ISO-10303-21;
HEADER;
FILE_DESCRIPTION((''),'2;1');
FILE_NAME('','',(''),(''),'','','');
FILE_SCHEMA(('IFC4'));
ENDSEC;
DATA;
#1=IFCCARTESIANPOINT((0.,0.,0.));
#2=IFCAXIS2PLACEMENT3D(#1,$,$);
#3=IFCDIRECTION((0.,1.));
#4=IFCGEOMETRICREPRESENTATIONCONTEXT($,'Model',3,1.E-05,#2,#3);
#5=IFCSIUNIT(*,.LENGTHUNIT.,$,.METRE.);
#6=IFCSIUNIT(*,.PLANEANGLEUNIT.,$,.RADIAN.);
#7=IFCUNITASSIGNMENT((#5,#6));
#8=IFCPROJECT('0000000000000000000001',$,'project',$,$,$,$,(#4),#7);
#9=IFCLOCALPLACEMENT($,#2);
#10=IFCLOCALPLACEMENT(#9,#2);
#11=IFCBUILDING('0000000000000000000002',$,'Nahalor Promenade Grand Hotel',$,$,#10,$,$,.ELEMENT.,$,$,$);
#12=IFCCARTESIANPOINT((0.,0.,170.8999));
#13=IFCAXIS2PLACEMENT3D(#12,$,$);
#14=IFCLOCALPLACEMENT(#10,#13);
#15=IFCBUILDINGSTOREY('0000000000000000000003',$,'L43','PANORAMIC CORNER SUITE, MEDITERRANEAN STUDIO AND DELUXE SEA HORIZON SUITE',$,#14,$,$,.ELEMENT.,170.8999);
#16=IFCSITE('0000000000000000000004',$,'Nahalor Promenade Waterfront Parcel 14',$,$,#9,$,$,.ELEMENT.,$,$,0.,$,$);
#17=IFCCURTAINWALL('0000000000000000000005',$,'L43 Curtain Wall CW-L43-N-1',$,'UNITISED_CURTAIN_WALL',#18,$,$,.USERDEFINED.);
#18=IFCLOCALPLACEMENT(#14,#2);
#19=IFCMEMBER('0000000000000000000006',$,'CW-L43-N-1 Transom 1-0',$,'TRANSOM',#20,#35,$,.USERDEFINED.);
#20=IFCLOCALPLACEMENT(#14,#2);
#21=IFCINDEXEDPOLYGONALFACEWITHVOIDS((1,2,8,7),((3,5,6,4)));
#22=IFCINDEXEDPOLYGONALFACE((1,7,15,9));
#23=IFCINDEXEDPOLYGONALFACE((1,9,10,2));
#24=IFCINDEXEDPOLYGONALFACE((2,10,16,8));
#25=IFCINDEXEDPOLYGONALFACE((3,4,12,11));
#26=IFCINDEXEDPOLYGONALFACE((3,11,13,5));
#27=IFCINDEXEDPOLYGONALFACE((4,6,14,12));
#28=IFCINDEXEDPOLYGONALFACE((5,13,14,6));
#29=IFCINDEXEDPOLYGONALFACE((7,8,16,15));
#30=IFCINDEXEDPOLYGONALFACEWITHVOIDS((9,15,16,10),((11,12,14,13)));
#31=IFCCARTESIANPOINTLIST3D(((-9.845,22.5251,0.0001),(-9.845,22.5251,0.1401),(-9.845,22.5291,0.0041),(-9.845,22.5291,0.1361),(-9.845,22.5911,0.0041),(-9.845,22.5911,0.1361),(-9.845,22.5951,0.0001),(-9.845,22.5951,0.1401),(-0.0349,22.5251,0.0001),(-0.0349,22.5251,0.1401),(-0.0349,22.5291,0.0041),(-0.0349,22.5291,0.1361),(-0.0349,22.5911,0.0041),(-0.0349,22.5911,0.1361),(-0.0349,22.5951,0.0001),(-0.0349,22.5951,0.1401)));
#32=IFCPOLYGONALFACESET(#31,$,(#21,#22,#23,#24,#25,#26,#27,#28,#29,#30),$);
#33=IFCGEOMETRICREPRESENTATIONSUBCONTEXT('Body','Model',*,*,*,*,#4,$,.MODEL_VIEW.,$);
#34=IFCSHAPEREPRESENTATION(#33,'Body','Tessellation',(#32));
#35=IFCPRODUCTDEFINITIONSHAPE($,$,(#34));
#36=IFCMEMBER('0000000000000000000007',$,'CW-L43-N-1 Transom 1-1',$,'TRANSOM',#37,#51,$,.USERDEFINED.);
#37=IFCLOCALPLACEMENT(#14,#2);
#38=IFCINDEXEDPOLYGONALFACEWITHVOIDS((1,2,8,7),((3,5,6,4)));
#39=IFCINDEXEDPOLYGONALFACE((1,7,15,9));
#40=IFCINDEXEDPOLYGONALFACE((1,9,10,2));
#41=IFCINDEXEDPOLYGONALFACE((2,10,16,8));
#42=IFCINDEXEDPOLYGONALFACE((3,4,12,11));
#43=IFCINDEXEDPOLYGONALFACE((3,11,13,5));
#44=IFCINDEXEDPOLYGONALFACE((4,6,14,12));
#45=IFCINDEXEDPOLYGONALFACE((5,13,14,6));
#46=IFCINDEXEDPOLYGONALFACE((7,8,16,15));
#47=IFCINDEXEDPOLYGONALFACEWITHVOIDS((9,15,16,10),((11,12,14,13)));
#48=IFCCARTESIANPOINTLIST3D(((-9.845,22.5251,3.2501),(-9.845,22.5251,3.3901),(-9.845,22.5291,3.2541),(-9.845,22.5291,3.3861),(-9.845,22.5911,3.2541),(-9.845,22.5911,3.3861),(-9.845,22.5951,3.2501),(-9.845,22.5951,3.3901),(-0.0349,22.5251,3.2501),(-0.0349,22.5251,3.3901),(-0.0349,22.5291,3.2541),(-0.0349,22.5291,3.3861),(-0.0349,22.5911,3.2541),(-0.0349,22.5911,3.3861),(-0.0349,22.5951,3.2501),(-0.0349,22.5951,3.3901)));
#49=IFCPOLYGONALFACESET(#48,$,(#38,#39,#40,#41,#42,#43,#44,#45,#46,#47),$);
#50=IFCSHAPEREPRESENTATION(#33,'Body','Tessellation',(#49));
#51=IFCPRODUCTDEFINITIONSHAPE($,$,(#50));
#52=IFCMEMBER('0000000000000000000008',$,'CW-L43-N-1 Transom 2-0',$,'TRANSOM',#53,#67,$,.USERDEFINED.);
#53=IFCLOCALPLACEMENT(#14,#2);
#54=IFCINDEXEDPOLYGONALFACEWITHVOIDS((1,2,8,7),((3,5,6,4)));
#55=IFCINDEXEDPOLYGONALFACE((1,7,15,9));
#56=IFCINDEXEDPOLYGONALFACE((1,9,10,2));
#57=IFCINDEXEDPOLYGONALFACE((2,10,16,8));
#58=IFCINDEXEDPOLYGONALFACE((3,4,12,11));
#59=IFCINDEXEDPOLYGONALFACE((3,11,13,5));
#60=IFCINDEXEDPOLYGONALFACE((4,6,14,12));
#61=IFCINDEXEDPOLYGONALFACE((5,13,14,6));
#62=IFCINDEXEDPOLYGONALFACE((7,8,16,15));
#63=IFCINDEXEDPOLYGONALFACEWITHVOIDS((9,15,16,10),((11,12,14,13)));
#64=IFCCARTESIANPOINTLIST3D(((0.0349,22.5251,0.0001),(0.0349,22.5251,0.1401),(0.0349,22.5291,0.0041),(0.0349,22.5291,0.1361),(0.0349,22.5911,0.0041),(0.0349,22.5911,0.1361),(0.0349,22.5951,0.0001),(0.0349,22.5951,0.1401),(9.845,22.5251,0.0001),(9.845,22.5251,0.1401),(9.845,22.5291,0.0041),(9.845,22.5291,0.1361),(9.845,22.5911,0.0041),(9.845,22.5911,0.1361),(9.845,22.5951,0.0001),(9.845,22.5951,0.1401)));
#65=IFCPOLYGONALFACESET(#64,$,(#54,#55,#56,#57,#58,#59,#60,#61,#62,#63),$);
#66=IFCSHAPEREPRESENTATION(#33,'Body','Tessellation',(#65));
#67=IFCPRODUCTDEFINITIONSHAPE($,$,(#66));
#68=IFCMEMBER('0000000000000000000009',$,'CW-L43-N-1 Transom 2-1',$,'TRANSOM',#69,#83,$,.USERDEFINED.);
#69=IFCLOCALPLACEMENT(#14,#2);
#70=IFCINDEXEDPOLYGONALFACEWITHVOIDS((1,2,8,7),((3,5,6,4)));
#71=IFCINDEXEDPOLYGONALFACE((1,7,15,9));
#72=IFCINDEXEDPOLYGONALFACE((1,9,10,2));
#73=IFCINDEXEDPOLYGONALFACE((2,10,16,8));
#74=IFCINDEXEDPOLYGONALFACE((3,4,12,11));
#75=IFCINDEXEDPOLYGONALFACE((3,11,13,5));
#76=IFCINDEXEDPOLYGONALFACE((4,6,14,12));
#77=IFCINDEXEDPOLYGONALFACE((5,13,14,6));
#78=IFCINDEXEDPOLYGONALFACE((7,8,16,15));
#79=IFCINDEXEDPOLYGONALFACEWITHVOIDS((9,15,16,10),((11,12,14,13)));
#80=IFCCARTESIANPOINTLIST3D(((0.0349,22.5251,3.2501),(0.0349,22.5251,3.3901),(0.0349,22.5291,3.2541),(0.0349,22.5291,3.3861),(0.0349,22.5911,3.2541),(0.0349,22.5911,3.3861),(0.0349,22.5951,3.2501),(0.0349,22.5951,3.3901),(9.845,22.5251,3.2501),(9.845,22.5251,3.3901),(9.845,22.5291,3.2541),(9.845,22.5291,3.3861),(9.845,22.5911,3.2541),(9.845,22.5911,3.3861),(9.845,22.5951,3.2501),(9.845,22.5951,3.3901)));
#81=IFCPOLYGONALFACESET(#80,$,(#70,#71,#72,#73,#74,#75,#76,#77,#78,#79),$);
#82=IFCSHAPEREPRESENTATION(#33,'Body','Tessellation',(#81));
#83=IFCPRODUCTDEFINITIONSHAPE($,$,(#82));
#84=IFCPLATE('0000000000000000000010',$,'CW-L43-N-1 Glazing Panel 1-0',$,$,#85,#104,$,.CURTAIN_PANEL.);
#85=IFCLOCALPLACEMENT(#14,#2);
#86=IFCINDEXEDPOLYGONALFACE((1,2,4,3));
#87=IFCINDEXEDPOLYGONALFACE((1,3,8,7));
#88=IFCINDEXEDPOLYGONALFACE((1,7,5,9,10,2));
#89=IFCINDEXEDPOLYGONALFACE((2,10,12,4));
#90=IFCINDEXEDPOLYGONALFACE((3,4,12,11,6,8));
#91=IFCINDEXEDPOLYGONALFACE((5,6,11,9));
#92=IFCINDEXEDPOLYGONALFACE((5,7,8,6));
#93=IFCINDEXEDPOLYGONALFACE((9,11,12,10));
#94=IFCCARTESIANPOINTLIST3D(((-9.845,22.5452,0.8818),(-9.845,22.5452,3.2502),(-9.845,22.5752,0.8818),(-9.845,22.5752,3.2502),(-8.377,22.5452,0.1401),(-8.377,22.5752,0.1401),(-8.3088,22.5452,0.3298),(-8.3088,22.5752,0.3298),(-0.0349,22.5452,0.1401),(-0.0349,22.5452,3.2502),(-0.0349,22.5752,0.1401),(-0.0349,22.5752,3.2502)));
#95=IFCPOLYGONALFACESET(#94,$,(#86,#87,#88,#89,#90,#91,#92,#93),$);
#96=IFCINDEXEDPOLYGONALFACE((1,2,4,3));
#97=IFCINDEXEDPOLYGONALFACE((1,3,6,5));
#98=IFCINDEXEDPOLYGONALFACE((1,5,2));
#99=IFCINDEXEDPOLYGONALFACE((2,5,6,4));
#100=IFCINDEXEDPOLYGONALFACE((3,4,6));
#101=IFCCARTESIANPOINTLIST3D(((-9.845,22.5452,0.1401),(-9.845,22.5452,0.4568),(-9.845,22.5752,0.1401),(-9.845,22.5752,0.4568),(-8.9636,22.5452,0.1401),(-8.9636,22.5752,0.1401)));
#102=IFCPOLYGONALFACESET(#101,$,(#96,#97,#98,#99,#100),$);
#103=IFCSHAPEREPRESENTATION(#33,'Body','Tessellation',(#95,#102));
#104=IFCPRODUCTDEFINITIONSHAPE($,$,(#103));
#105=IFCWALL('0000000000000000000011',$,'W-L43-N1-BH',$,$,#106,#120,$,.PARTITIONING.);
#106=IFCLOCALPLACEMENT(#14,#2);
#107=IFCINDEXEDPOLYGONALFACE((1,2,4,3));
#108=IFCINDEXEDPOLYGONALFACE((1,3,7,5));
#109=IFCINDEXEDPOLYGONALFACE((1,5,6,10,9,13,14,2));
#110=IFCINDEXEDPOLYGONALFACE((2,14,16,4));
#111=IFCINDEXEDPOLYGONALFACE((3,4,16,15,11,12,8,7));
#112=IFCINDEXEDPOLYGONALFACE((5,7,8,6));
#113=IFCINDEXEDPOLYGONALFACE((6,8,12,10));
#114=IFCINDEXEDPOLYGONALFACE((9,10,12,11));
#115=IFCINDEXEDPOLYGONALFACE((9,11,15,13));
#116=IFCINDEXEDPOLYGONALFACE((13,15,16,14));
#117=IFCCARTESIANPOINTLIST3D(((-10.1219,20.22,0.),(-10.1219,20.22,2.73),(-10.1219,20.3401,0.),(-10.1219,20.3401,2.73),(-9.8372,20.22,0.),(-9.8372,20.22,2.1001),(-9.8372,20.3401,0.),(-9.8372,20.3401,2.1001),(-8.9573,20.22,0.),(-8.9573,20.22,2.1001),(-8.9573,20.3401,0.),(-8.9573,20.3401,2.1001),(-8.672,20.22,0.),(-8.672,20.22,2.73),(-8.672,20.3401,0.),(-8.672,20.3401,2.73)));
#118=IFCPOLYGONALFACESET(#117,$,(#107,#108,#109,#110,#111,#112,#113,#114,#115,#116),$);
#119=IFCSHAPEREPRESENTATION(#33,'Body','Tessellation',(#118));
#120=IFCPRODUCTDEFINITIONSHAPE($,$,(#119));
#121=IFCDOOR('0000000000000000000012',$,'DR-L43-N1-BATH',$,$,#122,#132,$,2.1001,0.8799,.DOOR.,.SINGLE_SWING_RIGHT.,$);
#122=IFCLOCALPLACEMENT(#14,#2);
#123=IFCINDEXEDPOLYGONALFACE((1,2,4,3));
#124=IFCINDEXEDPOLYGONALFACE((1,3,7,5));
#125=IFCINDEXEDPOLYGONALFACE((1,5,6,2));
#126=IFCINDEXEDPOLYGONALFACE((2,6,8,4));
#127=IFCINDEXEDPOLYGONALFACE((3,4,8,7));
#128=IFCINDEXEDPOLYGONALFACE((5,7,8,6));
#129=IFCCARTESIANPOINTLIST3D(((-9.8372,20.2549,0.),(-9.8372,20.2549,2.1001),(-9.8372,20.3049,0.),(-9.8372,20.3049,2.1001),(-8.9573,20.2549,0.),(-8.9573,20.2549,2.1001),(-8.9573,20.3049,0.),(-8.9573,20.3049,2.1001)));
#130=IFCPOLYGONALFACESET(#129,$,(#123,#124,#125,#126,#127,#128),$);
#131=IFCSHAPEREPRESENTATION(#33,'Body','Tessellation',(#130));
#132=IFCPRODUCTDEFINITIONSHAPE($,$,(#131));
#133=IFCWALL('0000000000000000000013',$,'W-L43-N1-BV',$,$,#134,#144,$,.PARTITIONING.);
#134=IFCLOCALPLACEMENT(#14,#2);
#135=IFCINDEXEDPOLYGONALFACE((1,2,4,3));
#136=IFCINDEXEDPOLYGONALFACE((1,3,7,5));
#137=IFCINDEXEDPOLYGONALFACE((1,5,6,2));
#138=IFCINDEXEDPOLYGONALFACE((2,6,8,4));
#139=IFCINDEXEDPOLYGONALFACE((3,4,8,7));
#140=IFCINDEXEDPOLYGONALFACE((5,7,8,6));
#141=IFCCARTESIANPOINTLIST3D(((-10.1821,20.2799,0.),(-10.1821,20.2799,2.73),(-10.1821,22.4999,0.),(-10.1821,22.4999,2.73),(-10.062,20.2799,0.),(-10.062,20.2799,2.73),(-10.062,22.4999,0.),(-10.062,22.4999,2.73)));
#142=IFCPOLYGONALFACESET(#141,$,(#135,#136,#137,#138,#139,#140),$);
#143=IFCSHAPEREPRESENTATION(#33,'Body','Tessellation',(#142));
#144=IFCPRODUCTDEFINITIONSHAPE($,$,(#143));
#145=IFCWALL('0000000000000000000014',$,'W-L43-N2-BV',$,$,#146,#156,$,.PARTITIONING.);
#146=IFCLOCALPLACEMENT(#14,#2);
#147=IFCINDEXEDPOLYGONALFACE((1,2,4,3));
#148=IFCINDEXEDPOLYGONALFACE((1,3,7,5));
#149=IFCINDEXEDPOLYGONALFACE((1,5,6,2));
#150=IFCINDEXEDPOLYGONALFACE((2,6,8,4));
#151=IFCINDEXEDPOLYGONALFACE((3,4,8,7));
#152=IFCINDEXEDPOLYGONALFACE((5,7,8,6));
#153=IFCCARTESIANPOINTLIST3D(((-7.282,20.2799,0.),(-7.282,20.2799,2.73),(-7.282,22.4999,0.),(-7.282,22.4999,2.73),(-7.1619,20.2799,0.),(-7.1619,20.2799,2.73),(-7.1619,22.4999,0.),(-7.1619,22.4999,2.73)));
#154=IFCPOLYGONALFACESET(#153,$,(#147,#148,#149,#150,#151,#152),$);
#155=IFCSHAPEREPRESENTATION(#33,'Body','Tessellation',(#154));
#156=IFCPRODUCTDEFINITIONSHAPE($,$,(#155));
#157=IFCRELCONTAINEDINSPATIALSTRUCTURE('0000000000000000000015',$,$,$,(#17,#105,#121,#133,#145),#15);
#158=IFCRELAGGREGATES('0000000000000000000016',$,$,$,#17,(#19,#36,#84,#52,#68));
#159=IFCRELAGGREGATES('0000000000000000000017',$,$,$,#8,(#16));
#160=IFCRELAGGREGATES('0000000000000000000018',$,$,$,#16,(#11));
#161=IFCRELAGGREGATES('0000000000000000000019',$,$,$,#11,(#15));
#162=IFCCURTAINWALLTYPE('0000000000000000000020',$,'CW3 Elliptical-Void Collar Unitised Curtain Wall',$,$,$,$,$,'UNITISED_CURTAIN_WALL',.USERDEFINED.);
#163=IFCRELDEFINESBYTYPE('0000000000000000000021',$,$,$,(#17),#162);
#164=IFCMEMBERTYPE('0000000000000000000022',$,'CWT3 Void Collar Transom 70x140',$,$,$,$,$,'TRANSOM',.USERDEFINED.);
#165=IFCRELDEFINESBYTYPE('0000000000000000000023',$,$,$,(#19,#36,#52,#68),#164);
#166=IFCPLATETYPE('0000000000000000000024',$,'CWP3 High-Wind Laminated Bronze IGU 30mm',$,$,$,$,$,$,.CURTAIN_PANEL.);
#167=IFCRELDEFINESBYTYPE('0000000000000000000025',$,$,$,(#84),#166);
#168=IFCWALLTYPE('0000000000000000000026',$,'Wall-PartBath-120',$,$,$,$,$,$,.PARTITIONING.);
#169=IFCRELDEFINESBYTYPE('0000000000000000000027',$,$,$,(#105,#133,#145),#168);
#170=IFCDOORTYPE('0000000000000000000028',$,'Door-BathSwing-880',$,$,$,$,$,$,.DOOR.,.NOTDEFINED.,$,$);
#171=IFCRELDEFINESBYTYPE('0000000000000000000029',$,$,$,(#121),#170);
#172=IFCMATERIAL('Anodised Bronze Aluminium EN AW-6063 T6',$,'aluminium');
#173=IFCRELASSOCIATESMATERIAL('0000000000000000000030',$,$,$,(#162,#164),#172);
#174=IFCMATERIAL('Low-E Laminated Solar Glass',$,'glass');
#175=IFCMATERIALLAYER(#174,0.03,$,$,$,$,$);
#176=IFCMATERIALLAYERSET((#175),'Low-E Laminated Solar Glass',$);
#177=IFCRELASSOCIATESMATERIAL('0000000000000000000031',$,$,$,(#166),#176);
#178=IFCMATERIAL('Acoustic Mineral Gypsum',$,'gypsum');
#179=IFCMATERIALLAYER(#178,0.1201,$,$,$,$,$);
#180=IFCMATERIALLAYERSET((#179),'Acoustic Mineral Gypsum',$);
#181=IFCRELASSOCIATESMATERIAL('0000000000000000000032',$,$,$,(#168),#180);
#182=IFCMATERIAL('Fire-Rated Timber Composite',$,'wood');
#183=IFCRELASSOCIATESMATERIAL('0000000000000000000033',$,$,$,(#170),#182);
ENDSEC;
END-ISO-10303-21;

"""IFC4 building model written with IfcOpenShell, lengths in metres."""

from ifc_helpers import new_model, si_unit, direction, frame, frame_2d, origin, origin_2d, place, context, subcontext, project, spatial, polyline, rectangle, hollow_rectangle, outline, extrude, source, transform, mapped, material, layer, layer_set, material_profile, profile_set, type_object, element, fill, aggregate, save


model = new_model("IFC4")

# Units and contexts
model_context = context("Model", 3, precision=1e-05, world=origin(), true_north=direction((0.0, 1.0)))
body_context = subcontext(model_context, "Body", "Model", "MODEL_VIEW")
ifc_project = project(units=[si_unit("LENGTHUNIT", "METRE"), si_unit("PLANEANGLEUNIT", "RADIAN")], contexts=[model_context])

# Site, building, storey
site_placement = place(None, origin())
site = spatial("IfcSite", under=ifc_project, at=site_placement, Name="Nahalor Promenade Waterfront Parcel 14", CompositionType="ELEMENT", RefElevation=0.0)
building_placement = place(site_placement, origin())
building = spatial("IfcBuilding", under=site, at=building_placement, Name="Nahalor Promenade Grand Hotel", CompositionType="ELEMENT")
storey_placement = place(building_placement, frame((0.0, 0.0, 170.8999)))
storey = spatial("IfcBuildingStorey", under=building, at=storey_placement, Name="L43", Description="PANORAMIC CORNER SUITE, MEDITERRANEAN STUDIO AND DELUXE SEA HORIZON SUITE", CompositionType="ELEMENT", Elevation=170.8999)

# Curtain wall, members, plate
ifc_material_1 = material(Name="Anodised Bronze Aluminium EN AW-6063 T6", Category="aluminium")
curtain_wall_type = type_object("IfcCurtainWallType", Name="CW3 Elliptical-Void Collar Unitised Curtain Wall", ElementType="UNITISED_CURTAIN_WALL", PredefinedType="USERDEFINED", material=ifc_material_1)
curtain_wall_placement = place(storey_placement, origin())
curtain_wall = element("IfcCurtainWall", 1, at=curtain_wall_placement, inside=storey, type_object=curtain_wall_type, Name="L43 Curtain Wall CW-L43-N-1", ObjectType="UNITISED_CURTAIN_WALL", PredefinedType="USERDEFINED")
ifc_material_profile_1 = material_profile(ifc_material_1, hollow_rectangle(XDim=0.07, YDim=0.14, WallThickness=0.004, at=origin_2d()), Name="CWT 70x140x4")
ifc_profile_set_1 = profile_set([ifc_material_profile_1], Name="Anodised Bronze Aluminium EN AW-6063 T6")
member_type_1 = type_object("IfcMemberType", Name="CWT3 Void Collar Transom 70x140", ElementType="TRANSOM", PredefinedType="USERDEFINED", material=ifc_profile_set_1)
shared_shape_1 = source(origin(), body_context, "Body", "SweptSolid", [
    extrude(hollow_rectangle(XDim=0.07, YDim=0.14, WallThickness=0.004, at=origin_2d()), origin(), (0.0, 0.0, 1.0), 9.8101),
])
member_1_placement = place(storey_placement, frame((-9.845, 22.5601, 0.0701), z_axis=(1.0, 0.0, 0.0), x_axis=(0.0, 1.0, 0.0)))
member_1 = element("IfcMember", 2, at=member_1_placement, type_object=member_type_1, Name="CW-L43-N-1 Transom 1-0", ObjectType="TRANSOM", PredefinedType="USERDEFINED", context=body_context, shape_type="MappedRepresentation", body=[
    mapped(shared_shape_1, transform((0.0, 0.0, 0.0), scale=1.0)),
])
member_2_placement = place(storey_placement, frame((-9.845, 22.5601, 3.3201), z_axis=(1.0, 0.0, 0.0), x_axis=(0.0, 1.0, 0.0)))
member_2 = element("IfcMember", 3, at=member_2_placement, type_object=member_type_1, Name="CW-L43-N-1 Transom 1-1", ObjectType="TRANSOM", PredefinedType="USERDEFINED", context=body_context, shape_type="MappedRepresentation", body=[
    mapped(shared_shape_1, transform((0.0, 0.0, 0.0), scale=1.0)),
])
member_3_placement = place(storey_placement, frame((0.0349, 22.5601, 0.0701), z_axis=(1.0, 0.0, 0.0), x_axis=(0.0, 1.0, 0.0)))
member_3 = element("IfcMember", 4, at=member_3_placement, type_object=member_type_1, Name="CW-L43-N-1 Transom 2-0", ObjectType="TRANSOM", PredefinedType="USERDEFINED", context=body_context, shape_type="MappedRepresentation", body=[
    mapped(shared_shape_1, transform((0.0, 0.0, 0.0), scale=1.0)),
])
member_4_placement = place(storey_placement, frame((0.0349, 22.5601, 3.3201), z_axis=(1.0, 0.0, 0.0), x_axis=(0.0, 1.0, 0.0)))
member_4 = element("IfcMember", 5, at=member_4_placement, type_object=member_type_1, Name="CW-L43-N-1 Transom 2-1", ObjectType="TRANSOM", PredefinedType="USERDEFINED", context=body_context, shape_type="MappedRepresentation", body=[
    mapped(shared_shape_1, transform((0.0, 0.0, 0.0), scale=1.0)),
])
ifc_material_2 = material(Name="Low-E Laminated Solar Glass", Category="glass")
ifc_layer_1 = layer(ifc_material_2, 0.03)
ifc_layer_set_1 = layer_set([ifc_layer_1], Name="Low-E Laminated Solar Glass")
plate_type = type_object("IfcPlateType", Name="CWP3 High-Wind Laminated Bronze IGU 30mm", PredefinedType="CURTAIN_PANEL", material=ifc_layer_set_1)
plate_placement = place(storey_placement, frame((-4.9399, 22.5601, 0.1401), z_axis=(0.0, 0.0, 1.0), x_axis=(1.0, 0.0, 0.0)))
plate = element("IfcPlate", 6, at=plate_placement, type_object=plate_type, Name="CW-L43-N-1 Glazing Panel 1-0", PredefinedType="CURTAIN_PANEL", context=body_context, shape_type="SweptSolid", body=[
    extrude(outline(polyline([(4.905, 3.1101), (-4.905, 3.1101), (-4.905, 0.7417), (-3.3689, 0.1897), (-3.437, 0.0), (4.905, 0.0), (4.905, 3.1101)])), frame((0.0, 0.0151, 0.0), z_axis=(0.0, -1.0, 0.0), x_axis=(1.0, 0.0, 0.0)), (0.0, 0.0, 1.0), 0.03),
    extrude(outline(polyline([(-4.905, 0.3167), (-4.905, 0.0), (-4.0237, 0.0), (-4.905, 0.3167)])), frame((0.0, 0.0151, 0.0), z_axis=(0.0, -1.0, 0.0), x_axis=(1.0, 0.0, 0.0)), (0.0, 0.0, 1.0), 0.03),
])
aggregate(curtain_wall, [member_1, member_2, plate, member_3, member_4])

# Wall, opening, door
ifc_material_3 = material(Name="Acoustic Mineral Gypsum", Category="gypsum")
ifc_layer_2 = layer(ifc_material_3, 0.1201)
ifc_layer_set_2 = layer_set([ifc_layer_2], Name="Acoustic Mineral Gypsum")
wall_type = type_object("IfcWallType", Name="Wall-PartBath-120", PredefinedType="PARTITIONING", material=ifc_layer_set_2)
shared_shape_2 = source(origin(), body_context, "Body", "SweptSolid", [
    extrude(rectangle(XDim=1.45, YDim=0.1201, at=frame_2d((0.7251, 0.0))), origin(), (0.0, 0.0, 1.0), 2.73),
])
wall_1_placement = place(storey_placement, frame((-10.1221, 20.28, 0.0), z_axis=(0.0, 0.0, 1.0), x_axis=(1.0, 0.0, 0.0)))
wall_1 = element("IfcWall", 7, at=wall_1_placement, inside=storey, type_object=wall_type, Name="W-L43-N1-BH", PredefinedType="PARTITIONING", context=body_context, shape_type="MappedRepresentation", body=[
    mapped(shared_shape_2, transform((0.0, 0.0, 0.0), scale=1.0)),
])
opening_1_placement = place(wall_1_placement, frame((0.2849, 0.0, 0.0)))
opening_1 = element("IfcOpeningElement", 8, at=opening_1_placement, cuts=wall_1, PredefinedType="OPENING", context=body_context, shape_type="SweptSolid", body=[
    extrude(rectangle(XDim=0.8799, YDim=2.1001, at=frame_2d((0.4399, 1.05))), frame((0.0, 0.0701, 0.0), z_axis=(0.0, -1.0, 0.0), x_axis=(1.0, 0.0, 0.0)), (0.0, 0.0, 1.0), 0.1401),
])
ifc_material_4 = material(Name="Fire-Rated Timber Composite", Category="wood")
door_type = type_object("IfcDoorType", Name="Door-BathSwing-880", OperationType="NOTDEFINED", PredefinedType="DOOR", material=ifc_material_4)
shared_shape_3 = source(origin(), body_context, "Body", "SweptSolid", [
    extrude(rectangle(XDim=0.8799, YDim=2.1001, at=frame_2d((0.4399, 1.05))), frame((0.0, 0.0249, 0.0), z_axis=(0.0, -1.0, 0.0), x_axis=(1.0, 0.0, 0.0)), (0.0, 0.0, 1.0), 0.05),
])
door_1_placement = place(opening_1_placement, origin())
door_1 = element("IfcDoor", 9, at=door_1_placement, inside=storey, type_object=door_type, Name="DR-L43-N1-BATH", OperationType="SINGLE_SWING_RIGHT", OverallHeight=2.1001, OverallWidth=0.8799, PredefinedType="DOOR", context=body_context, shape_type="MappedRepresentation", body=[
    mapped(shared_shape_3, transform((0.0, 0.0, 0.0), scale=1.0)),
])
fill(opening_1, door_1)

# Walls
shared_shape_4 = source(origin(), body_context, "Body", "SweptSolid", [
    extrude(rectangle(XDim=2.22, YDim=0.1201, at=frame_2d((1.1099, 0.0))), origin(), (0.0, 0.0, 1.0), 2.73),
])
for number, where, z_axis, x_axis, name in (
    (10, (-10.1221, 20.28, 0.0), (0.0, 0.0, 1.0), (0.0, 1.0, 0.0), "W-L43-N1-BV"),
    (11, (-7.2219, 20.28, 0.0), (0.0, 0.0, 1.0), (0.0, 1.0, 0.0), "W-L43-N2-BV"),
):
    element("IfcWall", number, at=place(storey_placement, frame(where, z_axis=z_axis, x_axis=x_axis)), inside=storey, type_object=wall_type, Name=name, PredefinedType="PARTITIONING", context=body_context, shape_type="MappedRepresentation", body=[
        mapped(shared_shape_4, transform((0.0, 0.0, 0.0), scale=1.0)),
    ])

save(model, "model.ifc")
